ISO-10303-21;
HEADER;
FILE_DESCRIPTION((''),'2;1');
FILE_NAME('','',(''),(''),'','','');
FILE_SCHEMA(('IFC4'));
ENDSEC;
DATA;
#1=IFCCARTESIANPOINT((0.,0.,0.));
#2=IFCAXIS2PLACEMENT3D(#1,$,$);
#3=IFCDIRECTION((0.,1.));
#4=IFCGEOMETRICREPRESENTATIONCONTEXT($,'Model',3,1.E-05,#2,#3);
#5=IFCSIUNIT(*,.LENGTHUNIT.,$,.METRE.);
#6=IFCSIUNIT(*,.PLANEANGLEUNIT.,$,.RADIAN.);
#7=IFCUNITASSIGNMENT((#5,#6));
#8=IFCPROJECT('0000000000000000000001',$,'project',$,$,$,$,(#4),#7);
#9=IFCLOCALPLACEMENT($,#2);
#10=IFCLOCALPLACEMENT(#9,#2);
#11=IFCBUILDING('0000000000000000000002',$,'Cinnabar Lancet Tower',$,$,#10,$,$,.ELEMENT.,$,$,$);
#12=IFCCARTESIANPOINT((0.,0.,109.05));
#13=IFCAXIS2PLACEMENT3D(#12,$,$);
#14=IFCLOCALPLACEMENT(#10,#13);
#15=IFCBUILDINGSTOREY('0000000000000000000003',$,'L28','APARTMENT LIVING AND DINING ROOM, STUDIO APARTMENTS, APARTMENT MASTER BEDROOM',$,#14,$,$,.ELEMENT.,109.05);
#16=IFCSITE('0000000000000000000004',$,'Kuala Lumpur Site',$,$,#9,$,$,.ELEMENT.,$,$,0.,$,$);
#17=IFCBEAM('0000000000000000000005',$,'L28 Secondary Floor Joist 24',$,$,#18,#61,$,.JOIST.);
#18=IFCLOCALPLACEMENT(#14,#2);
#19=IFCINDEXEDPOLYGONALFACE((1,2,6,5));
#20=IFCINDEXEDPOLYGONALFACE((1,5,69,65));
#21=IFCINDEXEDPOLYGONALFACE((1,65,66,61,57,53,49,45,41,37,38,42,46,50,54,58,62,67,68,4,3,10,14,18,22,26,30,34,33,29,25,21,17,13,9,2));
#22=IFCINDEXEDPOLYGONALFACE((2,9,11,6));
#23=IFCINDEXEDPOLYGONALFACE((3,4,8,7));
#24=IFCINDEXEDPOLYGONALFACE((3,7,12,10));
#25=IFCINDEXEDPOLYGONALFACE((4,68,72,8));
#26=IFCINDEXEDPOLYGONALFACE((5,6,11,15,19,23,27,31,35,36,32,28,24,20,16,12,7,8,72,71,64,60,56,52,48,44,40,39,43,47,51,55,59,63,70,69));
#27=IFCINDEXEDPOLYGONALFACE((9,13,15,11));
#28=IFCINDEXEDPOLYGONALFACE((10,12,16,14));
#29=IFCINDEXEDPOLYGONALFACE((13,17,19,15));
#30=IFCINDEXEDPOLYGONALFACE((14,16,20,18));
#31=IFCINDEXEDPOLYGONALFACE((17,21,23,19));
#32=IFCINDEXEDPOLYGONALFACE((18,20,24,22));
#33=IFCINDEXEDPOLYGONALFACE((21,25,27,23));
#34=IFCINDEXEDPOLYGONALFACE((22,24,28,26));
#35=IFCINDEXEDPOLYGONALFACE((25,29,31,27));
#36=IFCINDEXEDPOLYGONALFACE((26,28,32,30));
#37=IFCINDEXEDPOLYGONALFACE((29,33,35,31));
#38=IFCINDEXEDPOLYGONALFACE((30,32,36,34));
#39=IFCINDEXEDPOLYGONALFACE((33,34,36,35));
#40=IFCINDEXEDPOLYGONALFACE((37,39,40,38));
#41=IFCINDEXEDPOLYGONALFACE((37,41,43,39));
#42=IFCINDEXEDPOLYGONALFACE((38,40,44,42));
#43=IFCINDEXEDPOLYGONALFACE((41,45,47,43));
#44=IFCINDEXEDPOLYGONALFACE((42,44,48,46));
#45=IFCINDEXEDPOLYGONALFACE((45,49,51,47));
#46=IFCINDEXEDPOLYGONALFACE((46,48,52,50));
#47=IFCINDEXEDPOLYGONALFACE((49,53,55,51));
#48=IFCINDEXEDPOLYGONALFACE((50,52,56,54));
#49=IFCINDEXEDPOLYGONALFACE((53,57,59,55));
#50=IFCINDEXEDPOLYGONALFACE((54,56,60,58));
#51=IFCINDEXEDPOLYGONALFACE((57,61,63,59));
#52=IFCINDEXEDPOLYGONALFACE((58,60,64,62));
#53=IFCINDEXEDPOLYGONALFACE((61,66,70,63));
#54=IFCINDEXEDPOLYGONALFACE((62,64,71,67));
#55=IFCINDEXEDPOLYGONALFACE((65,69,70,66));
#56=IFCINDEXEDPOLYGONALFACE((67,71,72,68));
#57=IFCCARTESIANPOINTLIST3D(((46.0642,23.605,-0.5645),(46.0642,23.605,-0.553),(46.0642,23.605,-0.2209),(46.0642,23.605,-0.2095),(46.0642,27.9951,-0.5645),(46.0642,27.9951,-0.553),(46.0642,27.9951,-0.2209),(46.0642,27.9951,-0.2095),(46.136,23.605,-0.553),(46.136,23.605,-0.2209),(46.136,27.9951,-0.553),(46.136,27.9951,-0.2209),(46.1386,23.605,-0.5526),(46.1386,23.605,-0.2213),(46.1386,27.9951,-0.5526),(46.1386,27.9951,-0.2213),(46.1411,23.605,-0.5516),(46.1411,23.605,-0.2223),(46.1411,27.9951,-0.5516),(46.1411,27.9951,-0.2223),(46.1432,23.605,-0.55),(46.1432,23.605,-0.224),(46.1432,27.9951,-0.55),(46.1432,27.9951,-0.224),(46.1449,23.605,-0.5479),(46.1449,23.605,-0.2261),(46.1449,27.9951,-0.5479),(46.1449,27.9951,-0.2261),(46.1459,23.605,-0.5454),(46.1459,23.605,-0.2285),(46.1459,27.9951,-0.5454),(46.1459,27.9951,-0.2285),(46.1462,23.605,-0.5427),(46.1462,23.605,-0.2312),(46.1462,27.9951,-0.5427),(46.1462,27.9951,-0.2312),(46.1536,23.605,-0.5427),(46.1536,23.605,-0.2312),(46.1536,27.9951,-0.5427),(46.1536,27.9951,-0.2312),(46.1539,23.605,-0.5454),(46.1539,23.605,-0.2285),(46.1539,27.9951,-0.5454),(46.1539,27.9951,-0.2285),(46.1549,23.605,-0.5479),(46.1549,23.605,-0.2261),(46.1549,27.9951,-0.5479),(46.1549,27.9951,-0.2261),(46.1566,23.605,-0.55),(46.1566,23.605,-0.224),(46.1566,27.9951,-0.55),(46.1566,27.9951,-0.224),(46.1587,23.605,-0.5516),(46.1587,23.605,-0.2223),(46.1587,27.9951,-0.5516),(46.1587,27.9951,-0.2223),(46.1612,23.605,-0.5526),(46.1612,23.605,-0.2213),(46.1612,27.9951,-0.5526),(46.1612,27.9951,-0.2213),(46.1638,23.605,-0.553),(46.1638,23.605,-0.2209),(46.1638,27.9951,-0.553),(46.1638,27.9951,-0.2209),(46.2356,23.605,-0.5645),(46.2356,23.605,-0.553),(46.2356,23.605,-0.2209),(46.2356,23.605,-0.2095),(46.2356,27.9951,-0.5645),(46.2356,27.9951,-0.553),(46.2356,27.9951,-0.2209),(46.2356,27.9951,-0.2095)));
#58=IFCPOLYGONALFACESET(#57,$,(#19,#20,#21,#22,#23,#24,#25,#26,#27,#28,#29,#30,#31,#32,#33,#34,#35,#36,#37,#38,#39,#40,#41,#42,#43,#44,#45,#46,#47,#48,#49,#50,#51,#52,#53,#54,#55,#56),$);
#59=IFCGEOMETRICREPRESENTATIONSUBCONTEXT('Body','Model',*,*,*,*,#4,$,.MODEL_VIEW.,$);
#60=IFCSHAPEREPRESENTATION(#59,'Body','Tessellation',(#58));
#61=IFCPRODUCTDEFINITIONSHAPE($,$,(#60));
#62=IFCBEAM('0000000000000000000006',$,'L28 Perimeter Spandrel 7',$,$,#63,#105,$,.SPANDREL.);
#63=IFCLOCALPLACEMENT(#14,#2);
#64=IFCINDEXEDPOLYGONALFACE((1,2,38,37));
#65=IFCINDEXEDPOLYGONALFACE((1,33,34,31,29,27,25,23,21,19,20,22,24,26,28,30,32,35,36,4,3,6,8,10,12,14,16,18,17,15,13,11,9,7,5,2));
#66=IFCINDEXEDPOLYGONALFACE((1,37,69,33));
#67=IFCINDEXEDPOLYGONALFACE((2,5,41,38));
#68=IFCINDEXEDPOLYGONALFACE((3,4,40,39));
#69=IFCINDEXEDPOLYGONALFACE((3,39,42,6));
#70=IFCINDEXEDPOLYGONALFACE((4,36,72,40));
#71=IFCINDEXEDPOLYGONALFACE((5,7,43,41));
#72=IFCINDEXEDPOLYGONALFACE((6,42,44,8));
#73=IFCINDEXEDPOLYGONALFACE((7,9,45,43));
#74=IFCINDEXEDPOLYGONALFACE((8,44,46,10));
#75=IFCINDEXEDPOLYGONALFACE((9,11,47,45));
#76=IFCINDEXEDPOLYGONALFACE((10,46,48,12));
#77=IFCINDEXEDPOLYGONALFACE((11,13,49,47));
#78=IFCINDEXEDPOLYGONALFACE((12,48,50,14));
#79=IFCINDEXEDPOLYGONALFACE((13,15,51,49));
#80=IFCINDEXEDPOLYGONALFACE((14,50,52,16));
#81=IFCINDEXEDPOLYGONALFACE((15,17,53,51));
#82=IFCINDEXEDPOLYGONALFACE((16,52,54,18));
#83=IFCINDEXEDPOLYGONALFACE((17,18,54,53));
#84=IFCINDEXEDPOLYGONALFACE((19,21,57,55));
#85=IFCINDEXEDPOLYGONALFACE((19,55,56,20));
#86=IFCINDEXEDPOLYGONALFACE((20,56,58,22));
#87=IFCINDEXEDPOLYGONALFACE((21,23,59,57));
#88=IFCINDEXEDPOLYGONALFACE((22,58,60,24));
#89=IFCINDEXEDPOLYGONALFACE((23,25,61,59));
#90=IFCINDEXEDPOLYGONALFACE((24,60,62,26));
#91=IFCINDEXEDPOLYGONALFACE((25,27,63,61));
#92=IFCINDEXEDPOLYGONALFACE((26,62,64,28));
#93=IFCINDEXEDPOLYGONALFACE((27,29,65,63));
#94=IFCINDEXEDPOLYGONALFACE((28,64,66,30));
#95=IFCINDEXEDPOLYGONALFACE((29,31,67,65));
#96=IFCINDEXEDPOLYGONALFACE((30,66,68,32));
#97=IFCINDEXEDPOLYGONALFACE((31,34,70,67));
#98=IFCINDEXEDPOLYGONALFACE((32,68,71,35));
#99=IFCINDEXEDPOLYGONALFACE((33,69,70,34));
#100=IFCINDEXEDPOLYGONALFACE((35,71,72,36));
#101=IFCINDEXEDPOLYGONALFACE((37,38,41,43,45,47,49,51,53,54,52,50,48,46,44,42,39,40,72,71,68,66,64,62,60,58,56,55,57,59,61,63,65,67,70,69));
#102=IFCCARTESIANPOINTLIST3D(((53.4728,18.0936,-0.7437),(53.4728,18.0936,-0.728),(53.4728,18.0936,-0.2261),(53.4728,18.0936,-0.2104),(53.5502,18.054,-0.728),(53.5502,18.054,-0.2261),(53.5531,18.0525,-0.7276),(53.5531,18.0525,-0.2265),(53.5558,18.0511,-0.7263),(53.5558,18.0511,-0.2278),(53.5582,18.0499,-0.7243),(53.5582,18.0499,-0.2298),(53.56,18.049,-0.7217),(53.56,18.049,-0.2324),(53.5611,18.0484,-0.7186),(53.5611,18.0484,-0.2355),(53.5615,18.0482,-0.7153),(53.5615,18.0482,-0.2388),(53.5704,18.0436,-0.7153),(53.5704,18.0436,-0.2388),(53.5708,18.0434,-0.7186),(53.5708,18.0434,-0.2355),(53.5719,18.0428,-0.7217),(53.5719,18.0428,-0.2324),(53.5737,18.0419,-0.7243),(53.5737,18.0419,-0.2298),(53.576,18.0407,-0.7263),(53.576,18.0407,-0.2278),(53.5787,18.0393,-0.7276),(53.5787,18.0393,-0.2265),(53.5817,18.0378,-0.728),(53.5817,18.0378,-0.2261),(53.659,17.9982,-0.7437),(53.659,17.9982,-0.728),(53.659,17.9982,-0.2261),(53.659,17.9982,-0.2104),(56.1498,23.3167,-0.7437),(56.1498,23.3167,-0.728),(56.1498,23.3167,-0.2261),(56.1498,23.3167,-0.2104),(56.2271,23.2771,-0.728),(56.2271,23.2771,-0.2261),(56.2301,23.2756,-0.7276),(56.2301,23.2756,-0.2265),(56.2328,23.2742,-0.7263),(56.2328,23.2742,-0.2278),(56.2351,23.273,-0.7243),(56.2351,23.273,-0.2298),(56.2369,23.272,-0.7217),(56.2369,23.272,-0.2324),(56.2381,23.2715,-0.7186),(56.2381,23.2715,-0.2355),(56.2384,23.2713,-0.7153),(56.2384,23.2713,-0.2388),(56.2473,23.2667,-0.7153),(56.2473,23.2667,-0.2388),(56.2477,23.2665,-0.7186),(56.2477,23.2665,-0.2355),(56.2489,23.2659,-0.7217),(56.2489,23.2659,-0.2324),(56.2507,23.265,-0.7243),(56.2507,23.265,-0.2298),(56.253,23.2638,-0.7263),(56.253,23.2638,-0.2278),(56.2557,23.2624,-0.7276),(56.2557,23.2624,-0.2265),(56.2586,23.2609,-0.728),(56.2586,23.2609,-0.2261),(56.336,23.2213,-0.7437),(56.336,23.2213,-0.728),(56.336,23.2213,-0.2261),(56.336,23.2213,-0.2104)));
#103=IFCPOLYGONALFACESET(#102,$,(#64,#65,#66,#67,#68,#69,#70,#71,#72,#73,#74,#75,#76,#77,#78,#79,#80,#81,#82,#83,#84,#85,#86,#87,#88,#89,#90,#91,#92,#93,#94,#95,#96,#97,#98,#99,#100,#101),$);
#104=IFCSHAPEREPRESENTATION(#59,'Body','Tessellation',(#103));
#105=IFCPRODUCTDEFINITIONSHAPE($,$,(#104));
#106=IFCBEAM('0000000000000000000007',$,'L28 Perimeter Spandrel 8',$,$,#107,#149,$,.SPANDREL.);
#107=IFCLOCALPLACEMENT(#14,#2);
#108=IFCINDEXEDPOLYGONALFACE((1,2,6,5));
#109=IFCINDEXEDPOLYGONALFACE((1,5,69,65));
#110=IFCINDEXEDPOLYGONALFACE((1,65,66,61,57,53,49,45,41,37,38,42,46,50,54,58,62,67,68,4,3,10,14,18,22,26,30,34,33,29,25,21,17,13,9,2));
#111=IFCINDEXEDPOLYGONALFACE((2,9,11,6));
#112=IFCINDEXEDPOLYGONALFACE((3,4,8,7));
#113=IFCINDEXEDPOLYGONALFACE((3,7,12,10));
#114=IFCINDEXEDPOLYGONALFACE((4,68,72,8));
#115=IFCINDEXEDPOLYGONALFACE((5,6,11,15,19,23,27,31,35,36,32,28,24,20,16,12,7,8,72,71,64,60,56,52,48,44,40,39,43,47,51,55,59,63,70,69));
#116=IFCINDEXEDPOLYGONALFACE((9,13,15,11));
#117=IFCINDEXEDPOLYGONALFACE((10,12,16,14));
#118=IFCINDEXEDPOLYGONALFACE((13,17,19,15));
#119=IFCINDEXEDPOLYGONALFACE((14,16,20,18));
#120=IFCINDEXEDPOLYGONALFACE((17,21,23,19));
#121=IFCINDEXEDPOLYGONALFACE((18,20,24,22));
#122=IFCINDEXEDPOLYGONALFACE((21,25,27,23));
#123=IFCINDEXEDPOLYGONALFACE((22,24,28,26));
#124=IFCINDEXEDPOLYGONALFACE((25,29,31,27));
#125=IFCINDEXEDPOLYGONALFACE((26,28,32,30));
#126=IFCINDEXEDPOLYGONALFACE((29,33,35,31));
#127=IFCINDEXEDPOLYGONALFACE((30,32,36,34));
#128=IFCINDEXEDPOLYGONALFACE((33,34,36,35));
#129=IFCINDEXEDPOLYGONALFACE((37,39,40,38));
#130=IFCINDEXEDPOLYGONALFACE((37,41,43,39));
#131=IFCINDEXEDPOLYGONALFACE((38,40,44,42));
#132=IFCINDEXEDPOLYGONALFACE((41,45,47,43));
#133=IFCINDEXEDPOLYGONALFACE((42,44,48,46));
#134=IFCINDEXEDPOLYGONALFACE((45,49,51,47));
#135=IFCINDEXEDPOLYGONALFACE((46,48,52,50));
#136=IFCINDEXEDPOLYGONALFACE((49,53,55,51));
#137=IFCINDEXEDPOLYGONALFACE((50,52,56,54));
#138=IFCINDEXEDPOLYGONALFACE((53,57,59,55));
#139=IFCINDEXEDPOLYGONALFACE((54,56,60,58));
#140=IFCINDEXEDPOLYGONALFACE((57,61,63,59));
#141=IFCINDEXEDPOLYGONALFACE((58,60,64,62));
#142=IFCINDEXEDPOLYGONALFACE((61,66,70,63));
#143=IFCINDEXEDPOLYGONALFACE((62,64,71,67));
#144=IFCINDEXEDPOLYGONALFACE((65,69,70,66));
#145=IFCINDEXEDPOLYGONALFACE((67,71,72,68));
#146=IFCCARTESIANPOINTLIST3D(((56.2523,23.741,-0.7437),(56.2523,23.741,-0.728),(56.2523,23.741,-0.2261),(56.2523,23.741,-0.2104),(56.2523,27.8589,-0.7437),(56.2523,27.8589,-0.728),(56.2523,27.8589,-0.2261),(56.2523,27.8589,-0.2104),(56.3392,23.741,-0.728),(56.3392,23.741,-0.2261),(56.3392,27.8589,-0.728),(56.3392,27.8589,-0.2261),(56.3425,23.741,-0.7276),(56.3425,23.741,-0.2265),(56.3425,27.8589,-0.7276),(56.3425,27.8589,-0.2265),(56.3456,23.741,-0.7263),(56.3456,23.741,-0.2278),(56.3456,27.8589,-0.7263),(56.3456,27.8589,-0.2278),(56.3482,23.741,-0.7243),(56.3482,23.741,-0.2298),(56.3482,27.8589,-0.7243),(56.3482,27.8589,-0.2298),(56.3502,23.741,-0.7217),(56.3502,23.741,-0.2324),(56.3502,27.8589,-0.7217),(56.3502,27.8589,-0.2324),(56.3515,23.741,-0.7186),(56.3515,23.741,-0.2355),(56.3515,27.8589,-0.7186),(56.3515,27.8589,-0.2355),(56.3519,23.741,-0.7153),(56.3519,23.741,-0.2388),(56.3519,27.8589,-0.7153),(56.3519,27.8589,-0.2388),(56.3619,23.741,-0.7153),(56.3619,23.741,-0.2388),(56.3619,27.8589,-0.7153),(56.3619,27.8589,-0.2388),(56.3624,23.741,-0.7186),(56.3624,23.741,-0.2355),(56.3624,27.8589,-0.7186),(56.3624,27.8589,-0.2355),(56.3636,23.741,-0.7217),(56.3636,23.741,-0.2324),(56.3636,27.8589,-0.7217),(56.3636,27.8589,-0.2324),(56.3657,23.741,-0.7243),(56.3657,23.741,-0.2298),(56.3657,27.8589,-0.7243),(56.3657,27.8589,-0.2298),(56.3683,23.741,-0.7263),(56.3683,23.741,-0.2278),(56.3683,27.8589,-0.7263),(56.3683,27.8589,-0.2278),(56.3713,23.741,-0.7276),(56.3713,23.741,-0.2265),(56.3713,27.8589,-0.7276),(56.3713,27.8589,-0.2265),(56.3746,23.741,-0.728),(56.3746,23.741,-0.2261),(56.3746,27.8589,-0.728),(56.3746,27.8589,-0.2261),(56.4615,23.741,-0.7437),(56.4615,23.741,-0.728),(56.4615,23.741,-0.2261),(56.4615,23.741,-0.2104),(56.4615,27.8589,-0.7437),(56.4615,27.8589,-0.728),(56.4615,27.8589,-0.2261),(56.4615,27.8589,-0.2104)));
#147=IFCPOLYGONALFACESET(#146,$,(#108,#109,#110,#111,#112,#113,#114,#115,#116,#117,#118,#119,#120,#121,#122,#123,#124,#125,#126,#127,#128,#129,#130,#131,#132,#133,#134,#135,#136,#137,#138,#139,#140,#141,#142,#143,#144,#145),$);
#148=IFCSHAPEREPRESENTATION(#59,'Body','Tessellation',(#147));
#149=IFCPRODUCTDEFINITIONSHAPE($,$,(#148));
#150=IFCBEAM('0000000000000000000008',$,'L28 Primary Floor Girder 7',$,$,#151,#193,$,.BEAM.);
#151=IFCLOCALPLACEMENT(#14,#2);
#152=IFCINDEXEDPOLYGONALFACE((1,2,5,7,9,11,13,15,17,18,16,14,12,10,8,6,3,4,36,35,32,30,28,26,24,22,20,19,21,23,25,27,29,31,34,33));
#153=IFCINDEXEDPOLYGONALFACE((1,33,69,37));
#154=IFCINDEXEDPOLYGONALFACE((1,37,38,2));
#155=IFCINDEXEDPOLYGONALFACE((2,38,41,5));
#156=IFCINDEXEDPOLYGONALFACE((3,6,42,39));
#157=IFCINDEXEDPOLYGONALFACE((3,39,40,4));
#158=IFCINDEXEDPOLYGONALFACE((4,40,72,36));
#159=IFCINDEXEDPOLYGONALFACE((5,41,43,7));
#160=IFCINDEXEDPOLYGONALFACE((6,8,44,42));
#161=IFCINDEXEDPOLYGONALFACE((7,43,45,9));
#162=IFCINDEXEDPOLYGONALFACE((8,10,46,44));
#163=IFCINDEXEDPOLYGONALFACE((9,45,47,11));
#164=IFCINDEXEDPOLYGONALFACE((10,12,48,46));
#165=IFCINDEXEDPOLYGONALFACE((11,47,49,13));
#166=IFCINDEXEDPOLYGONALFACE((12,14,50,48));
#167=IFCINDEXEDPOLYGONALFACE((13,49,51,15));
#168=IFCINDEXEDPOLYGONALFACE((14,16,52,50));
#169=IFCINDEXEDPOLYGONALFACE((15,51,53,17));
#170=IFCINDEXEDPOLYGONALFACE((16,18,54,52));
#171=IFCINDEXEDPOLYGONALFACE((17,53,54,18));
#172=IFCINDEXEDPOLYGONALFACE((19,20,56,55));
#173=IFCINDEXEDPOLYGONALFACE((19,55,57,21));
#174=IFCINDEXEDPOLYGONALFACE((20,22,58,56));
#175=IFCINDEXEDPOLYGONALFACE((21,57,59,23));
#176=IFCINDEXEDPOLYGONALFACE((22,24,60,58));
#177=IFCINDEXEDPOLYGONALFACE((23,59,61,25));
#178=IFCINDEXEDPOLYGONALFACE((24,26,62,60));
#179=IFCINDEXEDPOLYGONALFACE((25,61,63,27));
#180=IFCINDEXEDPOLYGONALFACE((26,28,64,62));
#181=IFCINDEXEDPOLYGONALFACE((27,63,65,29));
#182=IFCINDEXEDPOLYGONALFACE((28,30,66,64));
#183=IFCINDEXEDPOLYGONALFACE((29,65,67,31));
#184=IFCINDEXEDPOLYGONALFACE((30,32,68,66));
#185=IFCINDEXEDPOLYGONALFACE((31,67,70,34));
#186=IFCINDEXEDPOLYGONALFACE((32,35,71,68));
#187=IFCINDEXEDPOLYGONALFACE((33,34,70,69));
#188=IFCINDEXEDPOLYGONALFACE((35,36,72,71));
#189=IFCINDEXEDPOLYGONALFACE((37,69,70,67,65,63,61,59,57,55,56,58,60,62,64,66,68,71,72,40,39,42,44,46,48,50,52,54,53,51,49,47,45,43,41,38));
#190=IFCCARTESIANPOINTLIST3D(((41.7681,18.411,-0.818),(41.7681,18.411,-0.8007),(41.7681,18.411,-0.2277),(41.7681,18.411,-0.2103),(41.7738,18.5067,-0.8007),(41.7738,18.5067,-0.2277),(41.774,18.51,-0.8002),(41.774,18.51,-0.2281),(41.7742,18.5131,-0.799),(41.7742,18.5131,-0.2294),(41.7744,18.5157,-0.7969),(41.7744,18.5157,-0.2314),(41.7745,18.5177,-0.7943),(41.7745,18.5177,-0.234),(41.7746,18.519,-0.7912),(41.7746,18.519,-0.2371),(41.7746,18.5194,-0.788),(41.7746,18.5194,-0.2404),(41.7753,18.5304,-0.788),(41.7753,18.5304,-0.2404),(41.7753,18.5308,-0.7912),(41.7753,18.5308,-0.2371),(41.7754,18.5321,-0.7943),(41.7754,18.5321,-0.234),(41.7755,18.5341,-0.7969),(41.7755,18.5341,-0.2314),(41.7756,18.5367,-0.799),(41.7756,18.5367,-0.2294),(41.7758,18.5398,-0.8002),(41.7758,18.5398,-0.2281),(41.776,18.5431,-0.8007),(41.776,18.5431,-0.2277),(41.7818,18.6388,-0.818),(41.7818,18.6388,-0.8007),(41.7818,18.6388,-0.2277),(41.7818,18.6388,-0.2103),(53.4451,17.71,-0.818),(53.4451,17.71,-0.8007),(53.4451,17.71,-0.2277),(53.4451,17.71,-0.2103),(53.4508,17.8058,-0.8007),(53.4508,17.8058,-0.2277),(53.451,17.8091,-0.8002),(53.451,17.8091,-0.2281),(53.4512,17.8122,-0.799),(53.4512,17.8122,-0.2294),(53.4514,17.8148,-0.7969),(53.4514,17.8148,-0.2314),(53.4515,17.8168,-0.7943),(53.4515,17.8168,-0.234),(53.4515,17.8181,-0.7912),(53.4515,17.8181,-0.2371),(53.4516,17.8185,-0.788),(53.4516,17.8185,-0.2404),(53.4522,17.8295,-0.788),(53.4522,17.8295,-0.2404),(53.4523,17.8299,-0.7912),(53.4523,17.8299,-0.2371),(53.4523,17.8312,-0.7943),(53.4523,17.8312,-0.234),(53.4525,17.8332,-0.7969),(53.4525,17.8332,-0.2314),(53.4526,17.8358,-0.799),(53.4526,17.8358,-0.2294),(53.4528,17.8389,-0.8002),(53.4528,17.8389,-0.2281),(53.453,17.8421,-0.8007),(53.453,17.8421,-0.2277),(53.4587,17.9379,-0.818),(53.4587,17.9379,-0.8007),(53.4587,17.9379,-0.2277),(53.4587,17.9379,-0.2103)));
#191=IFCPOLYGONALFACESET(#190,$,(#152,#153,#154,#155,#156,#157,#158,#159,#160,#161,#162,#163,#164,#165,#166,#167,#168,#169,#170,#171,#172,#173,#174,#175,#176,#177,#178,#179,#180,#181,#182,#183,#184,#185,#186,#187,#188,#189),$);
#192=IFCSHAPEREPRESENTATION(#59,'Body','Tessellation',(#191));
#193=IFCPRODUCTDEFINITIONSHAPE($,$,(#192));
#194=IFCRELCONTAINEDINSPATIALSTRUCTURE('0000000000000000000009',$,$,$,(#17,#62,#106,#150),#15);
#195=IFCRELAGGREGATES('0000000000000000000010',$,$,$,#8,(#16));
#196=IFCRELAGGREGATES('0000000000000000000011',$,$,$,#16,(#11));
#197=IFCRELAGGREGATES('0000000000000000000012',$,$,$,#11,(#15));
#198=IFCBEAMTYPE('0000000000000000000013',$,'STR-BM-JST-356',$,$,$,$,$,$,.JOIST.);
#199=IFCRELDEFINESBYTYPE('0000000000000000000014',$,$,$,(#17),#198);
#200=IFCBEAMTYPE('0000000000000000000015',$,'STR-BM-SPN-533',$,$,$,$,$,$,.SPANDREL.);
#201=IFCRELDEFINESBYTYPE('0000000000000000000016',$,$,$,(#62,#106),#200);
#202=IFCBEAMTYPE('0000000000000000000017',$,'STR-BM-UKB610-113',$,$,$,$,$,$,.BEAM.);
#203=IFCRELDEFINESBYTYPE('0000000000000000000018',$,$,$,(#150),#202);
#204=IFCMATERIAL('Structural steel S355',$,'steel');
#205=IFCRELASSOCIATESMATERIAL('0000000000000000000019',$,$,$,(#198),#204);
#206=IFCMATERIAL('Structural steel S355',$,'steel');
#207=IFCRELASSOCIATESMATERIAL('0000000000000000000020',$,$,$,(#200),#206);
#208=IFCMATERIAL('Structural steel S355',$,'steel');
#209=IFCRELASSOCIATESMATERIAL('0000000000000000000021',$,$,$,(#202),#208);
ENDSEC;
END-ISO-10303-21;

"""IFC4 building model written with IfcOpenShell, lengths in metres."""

from ifc_helpers import new_model, si_unit, direction, frame, origin, origin_2d, place, context, subcontext, project, spatial, i_section, extrude, material, material_profile, profile_set, type_object, element, save


model = new_model("IFC4")

# Units and contexts
model_context = context("Model", 3, precision=1e-05, world=origin(), true_north=direction((0.0, 1.0)))
body_context = subcontext(model_context, "Body", "Model", "MODEL_VIEW")
ifc_project = project(units=[si_unit("LENGTHUNIT", "METRE"), si_unit("PLANEANGLEUNIT", "RADIAN")], contexts=[model_context])

# Site, building, storey
site_placement = place(None, origin())
site = spatial("IfcSite", under=ifc_project, at=site_placement, Name="Kuala Lumpur Site", CompositionType="ELEMENT", RefElevation=0.0)
building_placement = place(site_placement, origin())
building = spatial("IfcBuilding", under=site, at=building_placement, Name="Cinnabar Lancet Tower", CompositionType="ELEMENT")
storey_placement = place(building_placement, frame((0.0, 0.0, 109.05)))
storey = spatial("IfcBuildingStorey", under=building, at=storey_placement, Name="L28", Description="APARTMENT LIVING AND DINING ROOM, STUDIO APARTMENTS, APARTMENT MASTER BEDROOM", CompositionType="ELEMENT", Elevation=109.05)

# Beams
ifc_material_1 = material(Name="Structural steel S355", Category="steel")
ifc_material_profile_1 = material_profile(ifc_material_1, i_section(OverallWidth=0.1714, OverallDepth=0.355, WebThickness=0.0073, FlangeThickness=0.0115, FilletRadius=0.0103, at=origin_2d()), Name="UKB 356x171x51")
ifc_profile_set_1 = profile_set([ifc_material_profile_1], Name="Structural steel S355")
beam_type_1 = type_object("IfcBeamType", Name="STR-BM-JST-356", PredefinedType="JOIST", material=ifc_profile_set_1)
for number, where, z_axis, x_axis, name in (
    (1, (46.1499, 23.605, -0.387), (0.0, 1.0, 0.0), (-1.0, 0.0, 0.0), "L28 Secondary Floor Joist 24"),
):
    element("IfcBeam", number, at=place(storey_placement, frame(where, z_axis=z_axis, x_axis=x_axis)), inside=storey, type_object=beam_type_1, Name=name, PredefinedType="JOIST", context=body_context, shape_type="SweptSolid", body=[
        extrude(i_section(OverallWidth=0.1714, OverallDepth=0.355, WebThickness=0.0073, FlangeThickness=0.0115, FilletRadius=0.0103, at=origin_2d()), origin(), (0.0, 0.0, 1.0), 4.3901),
    ])
ifc_material_2 = material(Name="Structural steel S355", Category="steel")
ifc_material_profile_2 = material_profile(ifc_material_2, i_section(OverallWidth=0.2092, OverallDepth=0.5332, WebThickness=0.01, FlangeThickness=0.0156, FilletRadius=0.0127, at=origin_2d()), Name="UKB 533x210x92")
ifc_profile_set_2 = profile_set([ifc_material_profile_2], Name="Structural steel S355")
beam_type_2 = type_object("IfcBeamType", Name="STR-BM-SPN-533", PredefinedType="SPANDREL", material=ifc_profile_set_2)
beam_1_placement = place(storey_placement, frame((53.5659, 18.0459, -0.4771), z_axis=(0.45611, 0.889924, 0.0), x_axis=(-0.889924, 0.45611, 0.0)))
element("IfcBeam", 2, at=beam_1_placement, inside=storey, type_object=beam_type_2, Name="L28 Perimeter Spandrel 7", PredefinedType="SPANDREL", context=body_context, shape_type="SweptSolid", body=[
    extrude(i_section(OverallWidth=0.2092, OverallDepth=0.5332, WebThickness=0.01, FlangeThickness=0.0156, FilletRadius=0.0127, at=origin_2d()), origin(), (0.0, 0.0, 1.0), 5.8691),
])
beam_2_placement = place(storey_placement, frame((56.3569, 23.741, -0.4771), z_axis=(0.0, 1.0, 0.0), x_axis=(-1.0, 0.0, 0.0)))
element("IfcBeam", 3, at=beam_2_placement, inside=storey, type_object=beam_type_2, Name="L28 Perimeter Spandrel 8", PredefinedType="SPANDREL", context=body_context, shape_type="SweptSolid", body=[
    extrude(i_section(OverallWidth=0.2092, OverallDepth=0.5332, WebThickness=0.01, FlangeThickness=0.0156, FilletRadius=0.0127, at=origin_2d()), origin(), (0.0, 0.0, 1.0), 4.1179),
])
ifc_material_3 = material(Name="Structural steel S355", Category="steel")
ifc_material_profile_3 = material_profile(ifc_material_3, i_section(OverallWidth=0.2283, OverallDepth=0.6077, WebThickness=0.011, FlangeThickness=0.0173, FilletRadius=0.0127, at=origin_2d()), Name="UKB 610x229x113")
ifc_profile_set_3 = profile_set([ifc_material_profile_3], Name="Structural steel S355")
beam_type_3 = type_object("IfcBeamType", Name="STR-BM-UKB610-113", PredefinedType="BEAM", material=ifc_profile_set_3)
beam_3_placement = place(storey_placement, frame((53.4519, 17.824, -0.5142), z_axis=(-0.998203, 0.059918, 0.0), x_axis=(-0.059918, -0.998203, 0.0)))
element("IfcBeam", 4, at=beam_3_placement, inside=storey, type_object=beam_type_3, Name="L28 Primary Floor Girder 7", PredefinedType="BEAM", context=body_context, shape_type="SweptSolid", body=[
    extrude(i_section(OverallWidth=0.2283, OverallDepth=0.6077, WebThickness=0.011, FlangeThickness=0.0173, FilletRadius=0.0127, at=origin_2d()), origin(), (0.0, 0.0, 1.0), 11.698),
])

save(model, "model.ifc")
